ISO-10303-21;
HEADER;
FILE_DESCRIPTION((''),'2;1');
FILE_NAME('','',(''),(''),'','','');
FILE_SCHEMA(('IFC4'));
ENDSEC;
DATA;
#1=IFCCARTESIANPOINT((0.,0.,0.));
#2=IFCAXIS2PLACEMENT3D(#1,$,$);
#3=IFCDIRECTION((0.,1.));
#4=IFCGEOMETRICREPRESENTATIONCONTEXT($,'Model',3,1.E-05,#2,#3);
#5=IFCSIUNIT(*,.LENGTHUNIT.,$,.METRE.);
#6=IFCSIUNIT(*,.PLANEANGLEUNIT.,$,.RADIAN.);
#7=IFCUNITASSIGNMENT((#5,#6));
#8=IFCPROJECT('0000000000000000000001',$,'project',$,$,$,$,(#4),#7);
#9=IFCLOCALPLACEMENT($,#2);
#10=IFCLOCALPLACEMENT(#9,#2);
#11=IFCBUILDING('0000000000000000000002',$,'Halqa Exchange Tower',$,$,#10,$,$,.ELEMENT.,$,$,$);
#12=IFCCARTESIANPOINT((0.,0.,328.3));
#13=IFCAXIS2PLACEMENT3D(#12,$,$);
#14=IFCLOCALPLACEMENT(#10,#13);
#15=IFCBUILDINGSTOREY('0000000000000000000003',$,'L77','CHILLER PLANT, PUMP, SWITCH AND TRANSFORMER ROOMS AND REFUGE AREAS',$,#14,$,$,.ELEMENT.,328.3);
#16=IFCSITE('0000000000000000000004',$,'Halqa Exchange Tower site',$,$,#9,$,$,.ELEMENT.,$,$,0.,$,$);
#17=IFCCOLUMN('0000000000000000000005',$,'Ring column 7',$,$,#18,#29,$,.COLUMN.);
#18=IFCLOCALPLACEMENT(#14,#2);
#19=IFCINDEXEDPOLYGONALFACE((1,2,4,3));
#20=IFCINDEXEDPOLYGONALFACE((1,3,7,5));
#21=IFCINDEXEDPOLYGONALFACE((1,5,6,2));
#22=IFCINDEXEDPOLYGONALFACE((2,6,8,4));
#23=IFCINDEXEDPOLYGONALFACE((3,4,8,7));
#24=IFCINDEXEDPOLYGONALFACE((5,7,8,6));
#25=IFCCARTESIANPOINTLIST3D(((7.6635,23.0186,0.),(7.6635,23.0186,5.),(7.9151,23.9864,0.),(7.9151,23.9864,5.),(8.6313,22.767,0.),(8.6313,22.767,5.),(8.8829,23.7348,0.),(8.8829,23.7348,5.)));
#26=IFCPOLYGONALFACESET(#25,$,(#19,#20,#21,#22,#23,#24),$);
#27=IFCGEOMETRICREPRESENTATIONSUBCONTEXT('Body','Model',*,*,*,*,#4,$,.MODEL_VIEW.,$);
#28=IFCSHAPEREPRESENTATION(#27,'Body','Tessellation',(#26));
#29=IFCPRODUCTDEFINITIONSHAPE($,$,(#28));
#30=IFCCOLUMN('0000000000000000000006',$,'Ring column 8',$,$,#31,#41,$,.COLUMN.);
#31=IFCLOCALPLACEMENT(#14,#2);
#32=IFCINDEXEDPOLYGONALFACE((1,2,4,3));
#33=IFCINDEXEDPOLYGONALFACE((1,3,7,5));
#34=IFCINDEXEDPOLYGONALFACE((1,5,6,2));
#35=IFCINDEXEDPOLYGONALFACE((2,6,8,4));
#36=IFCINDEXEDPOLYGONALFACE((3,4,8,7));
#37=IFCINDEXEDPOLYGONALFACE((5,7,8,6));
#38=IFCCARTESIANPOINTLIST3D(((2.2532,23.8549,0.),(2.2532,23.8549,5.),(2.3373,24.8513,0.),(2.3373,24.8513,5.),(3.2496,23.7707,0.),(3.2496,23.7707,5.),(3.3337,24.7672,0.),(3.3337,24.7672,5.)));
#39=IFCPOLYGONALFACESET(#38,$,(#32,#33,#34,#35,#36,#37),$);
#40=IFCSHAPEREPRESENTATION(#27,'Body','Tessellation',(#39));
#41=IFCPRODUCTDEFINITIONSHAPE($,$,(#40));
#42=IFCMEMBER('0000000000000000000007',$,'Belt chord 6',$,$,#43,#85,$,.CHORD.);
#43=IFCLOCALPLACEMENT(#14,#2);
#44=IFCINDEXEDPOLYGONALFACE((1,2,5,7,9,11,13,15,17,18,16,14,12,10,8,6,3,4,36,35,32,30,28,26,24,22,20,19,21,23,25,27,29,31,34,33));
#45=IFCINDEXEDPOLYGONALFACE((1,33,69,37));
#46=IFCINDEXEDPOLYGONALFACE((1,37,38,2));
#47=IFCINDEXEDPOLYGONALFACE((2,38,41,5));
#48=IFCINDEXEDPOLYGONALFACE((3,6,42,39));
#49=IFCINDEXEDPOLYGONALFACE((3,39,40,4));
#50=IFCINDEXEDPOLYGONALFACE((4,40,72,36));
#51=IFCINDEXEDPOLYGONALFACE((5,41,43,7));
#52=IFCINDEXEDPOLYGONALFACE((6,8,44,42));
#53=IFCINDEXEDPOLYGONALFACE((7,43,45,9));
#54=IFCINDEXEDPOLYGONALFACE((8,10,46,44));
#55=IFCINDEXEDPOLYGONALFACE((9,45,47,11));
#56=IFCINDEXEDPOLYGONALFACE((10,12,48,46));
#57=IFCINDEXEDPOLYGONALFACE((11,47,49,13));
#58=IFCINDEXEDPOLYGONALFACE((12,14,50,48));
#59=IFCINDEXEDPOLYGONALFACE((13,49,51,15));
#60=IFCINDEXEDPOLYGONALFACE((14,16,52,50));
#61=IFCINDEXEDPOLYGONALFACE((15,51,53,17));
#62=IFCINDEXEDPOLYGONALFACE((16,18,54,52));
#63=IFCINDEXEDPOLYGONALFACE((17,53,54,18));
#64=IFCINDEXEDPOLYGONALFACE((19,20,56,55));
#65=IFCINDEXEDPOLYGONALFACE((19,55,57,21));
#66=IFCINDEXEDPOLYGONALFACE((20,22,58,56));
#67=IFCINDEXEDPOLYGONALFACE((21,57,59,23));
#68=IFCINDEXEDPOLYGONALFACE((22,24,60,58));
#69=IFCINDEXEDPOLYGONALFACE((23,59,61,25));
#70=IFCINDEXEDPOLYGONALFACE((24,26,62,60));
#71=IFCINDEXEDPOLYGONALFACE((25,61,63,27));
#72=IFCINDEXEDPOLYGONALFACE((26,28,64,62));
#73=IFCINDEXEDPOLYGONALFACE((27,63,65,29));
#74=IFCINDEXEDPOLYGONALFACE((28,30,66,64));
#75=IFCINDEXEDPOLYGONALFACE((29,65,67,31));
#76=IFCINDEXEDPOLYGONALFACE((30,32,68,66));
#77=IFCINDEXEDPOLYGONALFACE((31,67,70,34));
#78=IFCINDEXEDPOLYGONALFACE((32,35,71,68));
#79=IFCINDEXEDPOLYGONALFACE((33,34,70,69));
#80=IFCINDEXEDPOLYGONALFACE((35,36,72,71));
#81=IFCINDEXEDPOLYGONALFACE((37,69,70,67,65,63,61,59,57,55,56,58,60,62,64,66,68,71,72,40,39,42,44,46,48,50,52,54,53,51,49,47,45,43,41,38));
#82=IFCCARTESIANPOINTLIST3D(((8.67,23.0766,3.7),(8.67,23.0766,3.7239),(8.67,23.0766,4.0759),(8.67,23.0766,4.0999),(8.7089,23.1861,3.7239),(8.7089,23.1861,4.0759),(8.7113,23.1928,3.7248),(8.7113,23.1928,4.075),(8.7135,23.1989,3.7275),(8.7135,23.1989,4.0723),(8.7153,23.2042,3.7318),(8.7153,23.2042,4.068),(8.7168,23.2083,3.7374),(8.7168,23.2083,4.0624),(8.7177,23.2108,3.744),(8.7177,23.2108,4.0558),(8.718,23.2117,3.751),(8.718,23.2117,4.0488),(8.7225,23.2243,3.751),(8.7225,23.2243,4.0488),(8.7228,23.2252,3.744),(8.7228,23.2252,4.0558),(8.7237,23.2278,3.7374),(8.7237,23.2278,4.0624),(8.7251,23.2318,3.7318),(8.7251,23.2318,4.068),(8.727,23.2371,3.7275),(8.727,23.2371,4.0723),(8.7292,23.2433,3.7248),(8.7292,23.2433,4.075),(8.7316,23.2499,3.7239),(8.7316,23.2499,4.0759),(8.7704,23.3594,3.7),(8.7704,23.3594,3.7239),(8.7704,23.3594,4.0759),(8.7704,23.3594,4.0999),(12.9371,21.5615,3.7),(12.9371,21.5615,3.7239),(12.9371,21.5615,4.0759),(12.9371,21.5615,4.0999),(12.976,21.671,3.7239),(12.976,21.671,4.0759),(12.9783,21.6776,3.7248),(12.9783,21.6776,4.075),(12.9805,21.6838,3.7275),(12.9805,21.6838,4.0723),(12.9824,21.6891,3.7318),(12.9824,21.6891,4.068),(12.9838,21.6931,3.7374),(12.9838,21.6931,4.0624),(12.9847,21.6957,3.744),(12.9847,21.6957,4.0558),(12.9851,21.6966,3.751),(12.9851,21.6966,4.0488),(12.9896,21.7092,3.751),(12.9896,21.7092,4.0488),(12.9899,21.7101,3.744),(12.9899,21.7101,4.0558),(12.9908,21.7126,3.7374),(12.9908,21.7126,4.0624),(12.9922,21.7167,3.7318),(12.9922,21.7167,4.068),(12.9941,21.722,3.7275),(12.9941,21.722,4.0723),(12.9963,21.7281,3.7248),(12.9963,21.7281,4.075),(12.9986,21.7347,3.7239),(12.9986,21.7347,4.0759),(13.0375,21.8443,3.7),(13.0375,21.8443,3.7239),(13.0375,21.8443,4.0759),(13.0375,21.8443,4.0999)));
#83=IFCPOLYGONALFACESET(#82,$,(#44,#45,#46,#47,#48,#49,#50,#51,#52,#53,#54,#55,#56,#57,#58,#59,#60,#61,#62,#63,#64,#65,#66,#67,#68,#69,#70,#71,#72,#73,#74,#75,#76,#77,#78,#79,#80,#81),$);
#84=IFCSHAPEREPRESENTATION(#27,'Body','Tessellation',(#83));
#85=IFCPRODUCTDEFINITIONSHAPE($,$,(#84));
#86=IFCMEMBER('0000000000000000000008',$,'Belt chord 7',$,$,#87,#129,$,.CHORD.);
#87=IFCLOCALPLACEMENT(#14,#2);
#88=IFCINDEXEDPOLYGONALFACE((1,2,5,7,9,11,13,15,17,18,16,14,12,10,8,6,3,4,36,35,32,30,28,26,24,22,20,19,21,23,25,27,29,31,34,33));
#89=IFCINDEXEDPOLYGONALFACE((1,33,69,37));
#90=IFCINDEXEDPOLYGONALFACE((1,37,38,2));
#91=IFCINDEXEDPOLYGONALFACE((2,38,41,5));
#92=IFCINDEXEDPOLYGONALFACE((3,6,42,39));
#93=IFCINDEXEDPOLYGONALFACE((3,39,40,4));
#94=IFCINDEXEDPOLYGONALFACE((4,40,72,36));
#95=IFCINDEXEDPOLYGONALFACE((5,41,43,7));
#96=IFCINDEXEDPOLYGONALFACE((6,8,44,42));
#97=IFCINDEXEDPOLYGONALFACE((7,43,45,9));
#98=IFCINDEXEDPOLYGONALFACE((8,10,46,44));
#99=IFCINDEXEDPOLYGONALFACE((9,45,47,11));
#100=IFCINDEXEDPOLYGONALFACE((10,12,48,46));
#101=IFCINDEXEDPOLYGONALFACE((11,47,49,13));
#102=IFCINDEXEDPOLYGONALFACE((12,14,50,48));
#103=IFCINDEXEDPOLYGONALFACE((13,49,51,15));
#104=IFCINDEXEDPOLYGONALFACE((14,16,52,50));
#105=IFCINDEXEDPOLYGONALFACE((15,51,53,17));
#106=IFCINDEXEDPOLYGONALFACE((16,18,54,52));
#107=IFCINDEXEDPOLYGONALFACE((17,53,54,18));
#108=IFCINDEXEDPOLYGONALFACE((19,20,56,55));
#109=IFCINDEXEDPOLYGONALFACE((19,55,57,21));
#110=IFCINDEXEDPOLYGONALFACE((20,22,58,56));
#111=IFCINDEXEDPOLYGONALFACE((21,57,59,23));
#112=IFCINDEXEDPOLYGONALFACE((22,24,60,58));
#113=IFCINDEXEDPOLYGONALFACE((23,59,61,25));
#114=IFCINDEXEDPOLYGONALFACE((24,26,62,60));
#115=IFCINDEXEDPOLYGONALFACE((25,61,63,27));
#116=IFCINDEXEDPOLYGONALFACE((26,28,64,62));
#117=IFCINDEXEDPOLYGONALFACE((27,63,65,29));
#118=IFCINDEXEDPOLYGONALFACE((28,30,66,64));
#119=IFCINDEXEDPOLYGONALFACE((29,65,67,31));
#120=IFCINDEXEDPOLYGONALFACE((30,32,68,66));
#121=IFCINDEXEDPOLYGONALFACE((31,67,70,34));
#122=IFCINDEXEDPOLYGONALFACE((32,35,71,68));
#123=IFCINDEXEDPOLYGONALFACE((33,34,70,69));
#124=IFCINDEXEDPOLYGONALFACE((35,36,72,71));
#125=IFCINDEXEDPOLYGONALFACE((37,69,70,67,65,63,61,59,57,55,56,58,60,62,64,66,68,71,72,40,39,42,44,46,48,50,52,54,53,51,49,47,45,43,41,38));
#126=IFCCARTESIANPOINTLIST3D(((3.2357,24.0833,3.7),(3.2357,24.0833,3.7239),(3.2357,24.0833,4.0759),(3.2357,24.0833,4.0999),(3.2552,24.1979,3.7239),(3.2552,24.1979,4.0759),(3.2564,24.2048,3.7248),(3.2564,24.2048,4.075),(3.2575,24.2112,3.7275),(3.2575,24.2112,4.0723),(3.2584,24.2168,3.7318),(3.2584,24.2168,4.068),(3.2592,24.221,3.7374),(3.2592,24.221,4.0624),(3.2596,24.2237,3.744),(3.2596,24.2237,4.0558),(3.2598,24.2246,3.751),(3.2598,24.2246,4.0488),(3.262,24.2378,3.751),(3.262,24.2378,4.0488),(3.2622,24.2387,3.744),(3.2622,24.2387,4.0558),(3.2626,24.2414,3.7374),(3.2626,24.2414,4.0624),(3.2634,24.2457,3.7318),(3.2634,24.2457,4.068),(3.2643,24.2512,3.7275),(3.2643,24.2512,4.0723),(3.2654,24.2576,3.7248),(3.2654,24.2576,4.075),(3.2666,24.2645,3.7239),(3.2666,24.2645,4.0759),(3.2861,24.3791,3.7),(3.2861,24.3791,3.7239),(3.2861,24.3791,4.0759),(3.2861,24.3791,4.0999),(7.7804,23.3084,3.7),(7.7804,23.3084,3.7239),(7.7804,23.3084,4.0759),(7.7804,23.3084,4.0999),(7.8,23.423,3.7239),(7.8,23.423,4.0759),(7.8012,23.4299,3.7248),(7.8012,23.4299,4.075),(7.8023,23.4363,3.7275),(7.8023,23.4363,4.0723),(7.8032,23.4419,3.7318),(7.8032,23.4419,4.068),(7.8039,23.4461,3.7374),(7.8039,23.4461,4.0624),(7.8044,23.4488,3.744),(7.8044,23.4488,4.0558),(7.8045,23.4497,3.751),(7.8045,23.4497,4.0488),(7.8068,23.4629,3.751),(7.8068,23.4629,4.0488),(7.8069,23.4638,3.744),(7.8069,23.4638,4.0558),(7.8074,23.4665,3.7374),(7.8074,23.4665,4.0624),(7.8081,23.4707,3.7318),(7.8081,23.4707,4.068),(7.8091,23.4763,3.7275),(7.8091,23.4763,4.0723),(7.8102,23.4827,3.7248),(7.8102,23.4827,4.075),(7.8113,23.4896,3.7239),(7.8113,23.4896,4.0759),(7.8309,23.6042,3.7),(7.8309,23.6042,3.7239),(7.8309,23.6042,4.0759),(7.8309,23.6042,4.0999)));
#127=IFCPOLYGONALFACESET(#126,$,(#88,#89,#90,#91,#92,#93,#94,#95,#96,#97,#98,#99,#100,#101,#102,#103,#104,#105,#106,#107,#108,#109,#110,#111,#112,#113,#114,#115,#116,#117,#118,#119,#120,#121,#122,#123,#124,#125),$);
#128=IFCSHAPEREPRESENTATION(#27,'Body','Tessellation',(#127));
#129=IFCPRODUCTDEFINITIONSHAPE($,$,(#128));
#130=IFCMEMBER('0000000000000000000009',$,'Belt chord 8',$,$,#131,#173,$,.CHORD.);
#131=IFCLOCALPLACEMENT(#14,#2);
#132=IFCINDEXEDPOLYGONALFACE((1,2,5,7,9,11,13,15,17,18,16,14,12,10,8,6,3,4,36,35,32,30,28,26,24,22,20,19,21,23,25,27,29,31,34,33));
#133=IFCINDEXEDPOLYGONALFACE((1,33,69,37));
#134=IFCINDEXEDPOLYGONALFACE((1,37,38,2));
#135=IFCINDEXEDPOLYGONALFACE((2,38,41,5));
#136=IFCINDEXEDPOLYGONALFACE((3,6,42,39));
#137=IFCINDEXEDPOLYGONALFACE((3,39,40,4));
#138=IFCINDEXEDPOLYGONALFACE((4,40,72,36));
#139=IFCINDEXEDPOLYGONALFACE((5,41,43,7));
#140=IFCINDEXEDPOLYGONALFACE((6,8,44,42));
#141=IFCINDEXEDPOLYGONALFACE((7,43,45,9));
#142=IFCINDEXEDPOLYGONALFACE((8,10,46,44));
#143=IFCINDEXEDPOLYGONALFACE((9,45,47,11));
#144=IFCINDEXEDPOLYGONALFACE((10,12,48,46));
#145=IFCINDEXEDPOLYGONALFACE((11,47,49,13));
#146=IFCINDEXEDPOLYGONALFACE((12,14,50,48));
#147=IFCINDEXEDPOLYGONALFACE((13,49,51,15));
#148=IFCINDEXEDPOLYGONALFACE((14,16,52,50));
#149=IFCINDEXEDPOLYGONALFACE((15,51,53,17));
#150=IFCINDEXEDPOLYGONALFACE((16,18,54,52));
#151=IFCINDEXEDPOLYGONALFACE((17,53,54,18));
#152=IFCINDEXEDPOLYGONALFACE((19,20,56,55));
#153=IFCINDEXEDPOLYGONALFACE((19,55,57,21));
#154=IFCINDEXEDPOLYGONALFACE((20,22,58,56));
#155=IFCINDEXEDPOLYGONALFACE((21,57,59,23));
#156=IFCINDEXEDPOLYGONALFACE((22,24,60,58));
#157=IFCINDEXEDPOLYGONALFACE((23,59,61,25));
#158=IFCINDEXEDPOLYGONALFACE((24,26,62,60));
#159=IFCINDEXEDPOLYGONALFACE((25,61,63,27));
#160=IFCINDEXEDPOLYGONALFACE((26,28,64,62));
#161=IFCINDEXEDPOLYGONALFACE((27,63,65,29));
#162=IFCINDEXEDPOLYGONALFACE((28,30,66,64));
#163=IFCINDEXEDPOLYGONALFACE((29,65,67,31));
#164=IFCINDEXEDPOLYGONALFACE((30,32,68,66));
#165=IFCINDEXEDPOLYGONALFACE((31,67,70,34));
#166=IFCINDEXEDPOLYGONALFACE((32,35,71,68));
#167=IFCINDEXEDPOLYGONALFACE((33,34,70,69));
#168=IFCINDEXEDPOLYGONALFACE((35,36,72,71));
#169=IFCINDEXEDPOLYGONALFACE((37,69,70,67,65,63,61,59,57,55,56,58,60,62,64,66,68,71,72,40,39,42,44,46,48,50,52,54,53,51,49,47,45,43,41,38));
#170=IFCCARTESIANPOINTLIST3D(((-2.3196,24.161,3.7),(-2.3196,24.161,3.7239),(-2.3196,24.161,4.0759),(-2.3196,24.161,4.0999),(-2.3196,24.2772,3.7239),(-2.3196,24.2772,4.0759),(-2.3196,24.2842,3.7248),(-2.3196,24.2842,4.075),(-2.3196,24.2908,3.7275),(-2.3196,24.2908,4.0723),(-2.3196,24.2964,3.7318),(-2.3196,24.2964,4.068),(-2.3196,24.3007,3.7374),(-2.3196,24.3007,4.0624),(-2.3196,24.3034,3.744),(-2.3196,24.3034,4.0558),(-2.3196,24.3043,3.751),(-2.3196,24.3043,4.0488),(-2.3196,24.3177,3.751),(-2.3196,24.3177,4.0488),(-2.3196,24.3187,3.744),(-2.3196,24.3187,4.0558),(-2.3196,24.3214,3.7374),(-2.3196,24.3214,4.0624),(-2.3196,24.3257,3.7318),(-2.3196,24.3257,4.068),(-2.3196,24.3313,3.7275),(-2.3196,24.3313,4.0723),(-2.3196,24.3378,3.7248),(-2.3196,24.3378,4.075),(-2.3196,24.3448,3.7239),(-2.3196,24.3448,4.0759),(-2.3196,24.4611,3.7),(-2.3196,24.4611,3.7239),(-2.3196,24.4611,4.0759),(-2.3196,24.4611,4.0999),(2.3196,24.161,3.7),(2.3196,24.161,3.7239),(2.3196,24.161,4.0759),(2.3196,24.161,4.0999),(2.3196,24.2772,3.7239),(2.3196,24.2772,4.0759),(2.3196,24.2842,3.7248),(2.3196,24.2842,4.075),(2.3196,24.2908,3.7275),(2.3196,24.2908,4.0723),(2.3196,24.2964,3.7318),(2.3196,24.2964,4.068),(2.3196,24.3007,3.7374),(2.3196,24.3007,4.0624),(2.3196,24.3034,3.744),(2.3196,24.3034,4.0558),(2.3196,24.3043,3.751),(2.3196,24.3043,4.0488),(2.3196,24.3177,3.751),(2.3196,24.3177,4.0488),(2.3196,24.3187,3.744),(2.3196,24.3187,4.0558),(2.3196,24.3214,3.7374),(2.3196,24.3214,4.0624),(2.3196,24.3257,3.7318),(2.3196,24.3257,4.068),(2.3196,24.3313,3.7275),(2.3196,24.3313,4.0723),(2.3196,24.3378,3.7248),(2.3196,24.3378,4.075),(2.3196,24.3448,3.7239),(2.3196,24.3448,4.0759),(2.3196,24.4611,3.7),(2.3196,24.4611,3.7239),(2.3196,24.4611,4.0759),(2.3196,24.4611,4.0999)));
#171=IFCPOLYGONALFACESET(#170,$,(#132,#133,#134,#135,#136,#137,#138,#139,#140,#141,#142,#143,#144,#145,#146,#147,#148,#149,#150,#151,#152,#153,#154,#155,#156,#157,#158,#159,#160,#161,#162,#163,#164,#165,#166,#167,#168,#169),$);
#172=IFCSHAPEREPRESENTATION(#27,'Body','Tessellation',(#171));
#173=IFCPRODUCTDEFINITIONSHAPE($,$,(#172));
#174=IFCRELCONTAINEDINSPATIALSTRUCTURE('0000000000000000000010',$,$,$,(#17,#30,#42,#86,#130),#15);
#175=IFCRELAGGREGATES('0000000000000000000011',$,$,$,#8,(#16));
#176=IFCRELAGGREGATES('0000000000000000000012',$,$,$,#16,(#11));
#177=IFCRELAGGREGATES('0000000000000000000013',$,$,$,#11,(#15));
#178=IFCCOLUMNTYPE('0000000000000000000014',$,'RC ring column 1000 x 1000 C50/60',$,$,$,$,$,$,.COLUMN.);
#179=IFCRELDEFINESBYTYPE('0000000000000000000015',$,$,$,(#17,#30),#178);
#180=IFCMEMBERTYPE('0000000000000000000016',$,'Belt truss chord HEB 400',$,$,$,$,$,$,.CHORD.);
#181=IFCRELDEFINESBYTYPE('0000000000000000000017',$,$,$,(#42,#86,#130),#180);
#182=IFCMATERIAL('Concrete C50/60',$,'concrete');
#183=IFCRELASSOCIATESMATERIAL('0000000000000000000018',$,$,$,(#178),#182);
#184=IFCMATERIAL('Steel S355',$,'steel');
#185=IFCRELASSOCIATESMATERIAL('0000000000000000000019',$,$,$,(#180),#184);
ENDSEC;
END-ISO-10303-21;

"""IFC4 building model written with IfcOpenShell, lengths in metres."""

from ifc_helpers import new_model, si_unit, direction, frame, origin, origin_2d, place, context, subcontext, project, spatial, rectangle, i_section, extrude, material, material_profile, profile_set, type_object, element, save


model = new_model("IFC4")

# Units and contexts
model_context = context("Model", 3, precision=1e-05, world=origin(), true_north=direction((0.0, 1.0)))
body_context = subcontext(model_context, "Body", "Model", "MODEL_VIEW")
ifc_project = project(units=[si_unit("LENGTHUNIT", "METRE"), si_unit("PLANEANGLEUNIT", "RADIAN")], contexts=[model_context])

# Site, building, storey
site_placement = place(None, origin())
site = spatial("IfcSite", under=ifc_project, at=site_placement, Name="Halqa Exchange Tower site", CompositionType="ELEMENT", RefElevation=0.0)
building_placement = place(site_placement, origin())
building = spatial("IfcBuilding", under=site, at=building_placement, Name="Halqa Exchange Tower", CompositionType="ELEMENT")
storey_placement = place(building_placement, frame((0.0, 0.0, 328.3)))
storey = spatial("IfcBuildingStorey", under=building, at=storey_placement, Name="L77", Description="CHILLER PLANT, PUMP, SWITCH AND TRANSFORMER ROOMS AND REFUGE AREAS", CompositionType="ELEMENT", Elevation=328.3)

# Columns
ifc_material_1 = material(Name="Concrete C50/60", Category="concrete")
ifc_material_profile_1 = material_profile(ifc_material_1, rectangle(XDim=1.0, YDim=1.0, at=origin_2d()), Name="1000 x 1000")
ifc_profile_set_1 = profile_set([ifc_material_profile_1], Name="Concrete C50/60")
column_type = type_object("IfcColumnType", Name="RC ring column 1000 x 1000 C50/60", PredefinedType="COLUMN", material=ifc_profile_set_1)
for number, where, z_axis, x_axis, name in (
    (1, (8.2732, 23.3767, 0.0), (0.0, 0.0, 1.0), (-0.967819, 0.251647, 0.0), "Ring column 7"),
    (2, (2.7935, 24.311, 0.0), (0.0, 0.0, 1.0), (-0.996455, 0.084127, 0.0), "Ring column 8"),
):
    element("IfcColumn", number, at=place(storey_placement, frame(where, z_axis=z_axis, x_axis=x_axis)), inside=storey, type_object=column_type, Name=name, PredefinedType="COLUMN", context=body_context, shape_type="SweptSolid", body=[
        extrude(rectangle(XDim=1.0, YDim=1.0, at=origin_2d()), origin(), (0.0, 0.0, 1.0), 5.0),
    ])

# Members
ifc_material_2 = material(Name="Steel S355", Category="steel")
ifc_material_profile_2 = material_profile(ifc_material_2, i_section(OverallWidth=0.3, OverallDepth=0.3999, WebThickness=0.0134, FlangeThickness=0.0239, FilletRadius=0.0271, at=origin_2d()), Name="HEB 400")
ifc_profile_set_2 = profile_set([ifc_material_profile_2], Name="Steel S355")
member_type_1 = type_object("IfcMemberType", Name="Belt truss chord HEB 400", PredefinedType="CHORD", material=ifc_profile_set_2)
member_1_placement = place(storey_placement, frame((12.9873, 21.7029, 3.8999), z_axis=(-0.942358, 0.334608, 0.0), x_axis=(-0.334608, -0.942358, 0.0)))
element("IfcMember", 3, at=member_1_placement, inside=storey, type_object=member_type_1, Name="Belt chord 6", PredefinedType="CHORD", context=body_context, shape_type="SweptSolid", body=[
    extrude(i_section(OverallWidth=0.3, OverallDepth=0.3999, WebThickness=0.0134, FlangeThickness=0.0239, FilletRadius=0.0271, at=origin_2d()), origin(), (0.0, 0.0, 1.0), 4.5281),
])
member_2_placement = place(storey_placement, frame((7.8057, 23.4563, 3.8999), z_axis=(-0.985773, 0.168082, 0.0), x_axis=(-0.168082, -0.985773, 0.0)))
element("IfcMember", 4, at=member_2_placement, inside=storey, type_object=member_type_1, Name="Belt chord 7", PredefinedType="CHORD", context=body_context, shape_type="SweptSolid", body=[
    extrude(i_section(OverallWidth=0.3, OverallDepth=0.3999, WebThickness=0.0134, FlangeThickness=0.0239, FilletRadius=0.0271, at=origin_2d()), origin(), (0.0, 0.0, 1.0), 4.6104),
])
member_3_placement = place(storey_placement, frame((2.3196, 24.311, 3.8999), z_axis=(-1.0, 0.0, 0.0), x_axis=(0.0, -1.0, 0.0)))
element("IfcMember", 5, at=member_3_placement, inside=storey, type_object=member_type_1, Name="Belt chord 8", PredefinedType="CHORD", context=body_context, shape_type="SweptSolid", body=[
    extrude(i_section(OverallWidth=0.3, OverallDepth=0.3999, WebThickness=0.0134, FlangeThickness=0.0239, FilletRadius=0.0271, at=origin_2d()), origin(), (0.0, 0.0, 1.0), 4.6392),
])

save(model, "model.ifc")
